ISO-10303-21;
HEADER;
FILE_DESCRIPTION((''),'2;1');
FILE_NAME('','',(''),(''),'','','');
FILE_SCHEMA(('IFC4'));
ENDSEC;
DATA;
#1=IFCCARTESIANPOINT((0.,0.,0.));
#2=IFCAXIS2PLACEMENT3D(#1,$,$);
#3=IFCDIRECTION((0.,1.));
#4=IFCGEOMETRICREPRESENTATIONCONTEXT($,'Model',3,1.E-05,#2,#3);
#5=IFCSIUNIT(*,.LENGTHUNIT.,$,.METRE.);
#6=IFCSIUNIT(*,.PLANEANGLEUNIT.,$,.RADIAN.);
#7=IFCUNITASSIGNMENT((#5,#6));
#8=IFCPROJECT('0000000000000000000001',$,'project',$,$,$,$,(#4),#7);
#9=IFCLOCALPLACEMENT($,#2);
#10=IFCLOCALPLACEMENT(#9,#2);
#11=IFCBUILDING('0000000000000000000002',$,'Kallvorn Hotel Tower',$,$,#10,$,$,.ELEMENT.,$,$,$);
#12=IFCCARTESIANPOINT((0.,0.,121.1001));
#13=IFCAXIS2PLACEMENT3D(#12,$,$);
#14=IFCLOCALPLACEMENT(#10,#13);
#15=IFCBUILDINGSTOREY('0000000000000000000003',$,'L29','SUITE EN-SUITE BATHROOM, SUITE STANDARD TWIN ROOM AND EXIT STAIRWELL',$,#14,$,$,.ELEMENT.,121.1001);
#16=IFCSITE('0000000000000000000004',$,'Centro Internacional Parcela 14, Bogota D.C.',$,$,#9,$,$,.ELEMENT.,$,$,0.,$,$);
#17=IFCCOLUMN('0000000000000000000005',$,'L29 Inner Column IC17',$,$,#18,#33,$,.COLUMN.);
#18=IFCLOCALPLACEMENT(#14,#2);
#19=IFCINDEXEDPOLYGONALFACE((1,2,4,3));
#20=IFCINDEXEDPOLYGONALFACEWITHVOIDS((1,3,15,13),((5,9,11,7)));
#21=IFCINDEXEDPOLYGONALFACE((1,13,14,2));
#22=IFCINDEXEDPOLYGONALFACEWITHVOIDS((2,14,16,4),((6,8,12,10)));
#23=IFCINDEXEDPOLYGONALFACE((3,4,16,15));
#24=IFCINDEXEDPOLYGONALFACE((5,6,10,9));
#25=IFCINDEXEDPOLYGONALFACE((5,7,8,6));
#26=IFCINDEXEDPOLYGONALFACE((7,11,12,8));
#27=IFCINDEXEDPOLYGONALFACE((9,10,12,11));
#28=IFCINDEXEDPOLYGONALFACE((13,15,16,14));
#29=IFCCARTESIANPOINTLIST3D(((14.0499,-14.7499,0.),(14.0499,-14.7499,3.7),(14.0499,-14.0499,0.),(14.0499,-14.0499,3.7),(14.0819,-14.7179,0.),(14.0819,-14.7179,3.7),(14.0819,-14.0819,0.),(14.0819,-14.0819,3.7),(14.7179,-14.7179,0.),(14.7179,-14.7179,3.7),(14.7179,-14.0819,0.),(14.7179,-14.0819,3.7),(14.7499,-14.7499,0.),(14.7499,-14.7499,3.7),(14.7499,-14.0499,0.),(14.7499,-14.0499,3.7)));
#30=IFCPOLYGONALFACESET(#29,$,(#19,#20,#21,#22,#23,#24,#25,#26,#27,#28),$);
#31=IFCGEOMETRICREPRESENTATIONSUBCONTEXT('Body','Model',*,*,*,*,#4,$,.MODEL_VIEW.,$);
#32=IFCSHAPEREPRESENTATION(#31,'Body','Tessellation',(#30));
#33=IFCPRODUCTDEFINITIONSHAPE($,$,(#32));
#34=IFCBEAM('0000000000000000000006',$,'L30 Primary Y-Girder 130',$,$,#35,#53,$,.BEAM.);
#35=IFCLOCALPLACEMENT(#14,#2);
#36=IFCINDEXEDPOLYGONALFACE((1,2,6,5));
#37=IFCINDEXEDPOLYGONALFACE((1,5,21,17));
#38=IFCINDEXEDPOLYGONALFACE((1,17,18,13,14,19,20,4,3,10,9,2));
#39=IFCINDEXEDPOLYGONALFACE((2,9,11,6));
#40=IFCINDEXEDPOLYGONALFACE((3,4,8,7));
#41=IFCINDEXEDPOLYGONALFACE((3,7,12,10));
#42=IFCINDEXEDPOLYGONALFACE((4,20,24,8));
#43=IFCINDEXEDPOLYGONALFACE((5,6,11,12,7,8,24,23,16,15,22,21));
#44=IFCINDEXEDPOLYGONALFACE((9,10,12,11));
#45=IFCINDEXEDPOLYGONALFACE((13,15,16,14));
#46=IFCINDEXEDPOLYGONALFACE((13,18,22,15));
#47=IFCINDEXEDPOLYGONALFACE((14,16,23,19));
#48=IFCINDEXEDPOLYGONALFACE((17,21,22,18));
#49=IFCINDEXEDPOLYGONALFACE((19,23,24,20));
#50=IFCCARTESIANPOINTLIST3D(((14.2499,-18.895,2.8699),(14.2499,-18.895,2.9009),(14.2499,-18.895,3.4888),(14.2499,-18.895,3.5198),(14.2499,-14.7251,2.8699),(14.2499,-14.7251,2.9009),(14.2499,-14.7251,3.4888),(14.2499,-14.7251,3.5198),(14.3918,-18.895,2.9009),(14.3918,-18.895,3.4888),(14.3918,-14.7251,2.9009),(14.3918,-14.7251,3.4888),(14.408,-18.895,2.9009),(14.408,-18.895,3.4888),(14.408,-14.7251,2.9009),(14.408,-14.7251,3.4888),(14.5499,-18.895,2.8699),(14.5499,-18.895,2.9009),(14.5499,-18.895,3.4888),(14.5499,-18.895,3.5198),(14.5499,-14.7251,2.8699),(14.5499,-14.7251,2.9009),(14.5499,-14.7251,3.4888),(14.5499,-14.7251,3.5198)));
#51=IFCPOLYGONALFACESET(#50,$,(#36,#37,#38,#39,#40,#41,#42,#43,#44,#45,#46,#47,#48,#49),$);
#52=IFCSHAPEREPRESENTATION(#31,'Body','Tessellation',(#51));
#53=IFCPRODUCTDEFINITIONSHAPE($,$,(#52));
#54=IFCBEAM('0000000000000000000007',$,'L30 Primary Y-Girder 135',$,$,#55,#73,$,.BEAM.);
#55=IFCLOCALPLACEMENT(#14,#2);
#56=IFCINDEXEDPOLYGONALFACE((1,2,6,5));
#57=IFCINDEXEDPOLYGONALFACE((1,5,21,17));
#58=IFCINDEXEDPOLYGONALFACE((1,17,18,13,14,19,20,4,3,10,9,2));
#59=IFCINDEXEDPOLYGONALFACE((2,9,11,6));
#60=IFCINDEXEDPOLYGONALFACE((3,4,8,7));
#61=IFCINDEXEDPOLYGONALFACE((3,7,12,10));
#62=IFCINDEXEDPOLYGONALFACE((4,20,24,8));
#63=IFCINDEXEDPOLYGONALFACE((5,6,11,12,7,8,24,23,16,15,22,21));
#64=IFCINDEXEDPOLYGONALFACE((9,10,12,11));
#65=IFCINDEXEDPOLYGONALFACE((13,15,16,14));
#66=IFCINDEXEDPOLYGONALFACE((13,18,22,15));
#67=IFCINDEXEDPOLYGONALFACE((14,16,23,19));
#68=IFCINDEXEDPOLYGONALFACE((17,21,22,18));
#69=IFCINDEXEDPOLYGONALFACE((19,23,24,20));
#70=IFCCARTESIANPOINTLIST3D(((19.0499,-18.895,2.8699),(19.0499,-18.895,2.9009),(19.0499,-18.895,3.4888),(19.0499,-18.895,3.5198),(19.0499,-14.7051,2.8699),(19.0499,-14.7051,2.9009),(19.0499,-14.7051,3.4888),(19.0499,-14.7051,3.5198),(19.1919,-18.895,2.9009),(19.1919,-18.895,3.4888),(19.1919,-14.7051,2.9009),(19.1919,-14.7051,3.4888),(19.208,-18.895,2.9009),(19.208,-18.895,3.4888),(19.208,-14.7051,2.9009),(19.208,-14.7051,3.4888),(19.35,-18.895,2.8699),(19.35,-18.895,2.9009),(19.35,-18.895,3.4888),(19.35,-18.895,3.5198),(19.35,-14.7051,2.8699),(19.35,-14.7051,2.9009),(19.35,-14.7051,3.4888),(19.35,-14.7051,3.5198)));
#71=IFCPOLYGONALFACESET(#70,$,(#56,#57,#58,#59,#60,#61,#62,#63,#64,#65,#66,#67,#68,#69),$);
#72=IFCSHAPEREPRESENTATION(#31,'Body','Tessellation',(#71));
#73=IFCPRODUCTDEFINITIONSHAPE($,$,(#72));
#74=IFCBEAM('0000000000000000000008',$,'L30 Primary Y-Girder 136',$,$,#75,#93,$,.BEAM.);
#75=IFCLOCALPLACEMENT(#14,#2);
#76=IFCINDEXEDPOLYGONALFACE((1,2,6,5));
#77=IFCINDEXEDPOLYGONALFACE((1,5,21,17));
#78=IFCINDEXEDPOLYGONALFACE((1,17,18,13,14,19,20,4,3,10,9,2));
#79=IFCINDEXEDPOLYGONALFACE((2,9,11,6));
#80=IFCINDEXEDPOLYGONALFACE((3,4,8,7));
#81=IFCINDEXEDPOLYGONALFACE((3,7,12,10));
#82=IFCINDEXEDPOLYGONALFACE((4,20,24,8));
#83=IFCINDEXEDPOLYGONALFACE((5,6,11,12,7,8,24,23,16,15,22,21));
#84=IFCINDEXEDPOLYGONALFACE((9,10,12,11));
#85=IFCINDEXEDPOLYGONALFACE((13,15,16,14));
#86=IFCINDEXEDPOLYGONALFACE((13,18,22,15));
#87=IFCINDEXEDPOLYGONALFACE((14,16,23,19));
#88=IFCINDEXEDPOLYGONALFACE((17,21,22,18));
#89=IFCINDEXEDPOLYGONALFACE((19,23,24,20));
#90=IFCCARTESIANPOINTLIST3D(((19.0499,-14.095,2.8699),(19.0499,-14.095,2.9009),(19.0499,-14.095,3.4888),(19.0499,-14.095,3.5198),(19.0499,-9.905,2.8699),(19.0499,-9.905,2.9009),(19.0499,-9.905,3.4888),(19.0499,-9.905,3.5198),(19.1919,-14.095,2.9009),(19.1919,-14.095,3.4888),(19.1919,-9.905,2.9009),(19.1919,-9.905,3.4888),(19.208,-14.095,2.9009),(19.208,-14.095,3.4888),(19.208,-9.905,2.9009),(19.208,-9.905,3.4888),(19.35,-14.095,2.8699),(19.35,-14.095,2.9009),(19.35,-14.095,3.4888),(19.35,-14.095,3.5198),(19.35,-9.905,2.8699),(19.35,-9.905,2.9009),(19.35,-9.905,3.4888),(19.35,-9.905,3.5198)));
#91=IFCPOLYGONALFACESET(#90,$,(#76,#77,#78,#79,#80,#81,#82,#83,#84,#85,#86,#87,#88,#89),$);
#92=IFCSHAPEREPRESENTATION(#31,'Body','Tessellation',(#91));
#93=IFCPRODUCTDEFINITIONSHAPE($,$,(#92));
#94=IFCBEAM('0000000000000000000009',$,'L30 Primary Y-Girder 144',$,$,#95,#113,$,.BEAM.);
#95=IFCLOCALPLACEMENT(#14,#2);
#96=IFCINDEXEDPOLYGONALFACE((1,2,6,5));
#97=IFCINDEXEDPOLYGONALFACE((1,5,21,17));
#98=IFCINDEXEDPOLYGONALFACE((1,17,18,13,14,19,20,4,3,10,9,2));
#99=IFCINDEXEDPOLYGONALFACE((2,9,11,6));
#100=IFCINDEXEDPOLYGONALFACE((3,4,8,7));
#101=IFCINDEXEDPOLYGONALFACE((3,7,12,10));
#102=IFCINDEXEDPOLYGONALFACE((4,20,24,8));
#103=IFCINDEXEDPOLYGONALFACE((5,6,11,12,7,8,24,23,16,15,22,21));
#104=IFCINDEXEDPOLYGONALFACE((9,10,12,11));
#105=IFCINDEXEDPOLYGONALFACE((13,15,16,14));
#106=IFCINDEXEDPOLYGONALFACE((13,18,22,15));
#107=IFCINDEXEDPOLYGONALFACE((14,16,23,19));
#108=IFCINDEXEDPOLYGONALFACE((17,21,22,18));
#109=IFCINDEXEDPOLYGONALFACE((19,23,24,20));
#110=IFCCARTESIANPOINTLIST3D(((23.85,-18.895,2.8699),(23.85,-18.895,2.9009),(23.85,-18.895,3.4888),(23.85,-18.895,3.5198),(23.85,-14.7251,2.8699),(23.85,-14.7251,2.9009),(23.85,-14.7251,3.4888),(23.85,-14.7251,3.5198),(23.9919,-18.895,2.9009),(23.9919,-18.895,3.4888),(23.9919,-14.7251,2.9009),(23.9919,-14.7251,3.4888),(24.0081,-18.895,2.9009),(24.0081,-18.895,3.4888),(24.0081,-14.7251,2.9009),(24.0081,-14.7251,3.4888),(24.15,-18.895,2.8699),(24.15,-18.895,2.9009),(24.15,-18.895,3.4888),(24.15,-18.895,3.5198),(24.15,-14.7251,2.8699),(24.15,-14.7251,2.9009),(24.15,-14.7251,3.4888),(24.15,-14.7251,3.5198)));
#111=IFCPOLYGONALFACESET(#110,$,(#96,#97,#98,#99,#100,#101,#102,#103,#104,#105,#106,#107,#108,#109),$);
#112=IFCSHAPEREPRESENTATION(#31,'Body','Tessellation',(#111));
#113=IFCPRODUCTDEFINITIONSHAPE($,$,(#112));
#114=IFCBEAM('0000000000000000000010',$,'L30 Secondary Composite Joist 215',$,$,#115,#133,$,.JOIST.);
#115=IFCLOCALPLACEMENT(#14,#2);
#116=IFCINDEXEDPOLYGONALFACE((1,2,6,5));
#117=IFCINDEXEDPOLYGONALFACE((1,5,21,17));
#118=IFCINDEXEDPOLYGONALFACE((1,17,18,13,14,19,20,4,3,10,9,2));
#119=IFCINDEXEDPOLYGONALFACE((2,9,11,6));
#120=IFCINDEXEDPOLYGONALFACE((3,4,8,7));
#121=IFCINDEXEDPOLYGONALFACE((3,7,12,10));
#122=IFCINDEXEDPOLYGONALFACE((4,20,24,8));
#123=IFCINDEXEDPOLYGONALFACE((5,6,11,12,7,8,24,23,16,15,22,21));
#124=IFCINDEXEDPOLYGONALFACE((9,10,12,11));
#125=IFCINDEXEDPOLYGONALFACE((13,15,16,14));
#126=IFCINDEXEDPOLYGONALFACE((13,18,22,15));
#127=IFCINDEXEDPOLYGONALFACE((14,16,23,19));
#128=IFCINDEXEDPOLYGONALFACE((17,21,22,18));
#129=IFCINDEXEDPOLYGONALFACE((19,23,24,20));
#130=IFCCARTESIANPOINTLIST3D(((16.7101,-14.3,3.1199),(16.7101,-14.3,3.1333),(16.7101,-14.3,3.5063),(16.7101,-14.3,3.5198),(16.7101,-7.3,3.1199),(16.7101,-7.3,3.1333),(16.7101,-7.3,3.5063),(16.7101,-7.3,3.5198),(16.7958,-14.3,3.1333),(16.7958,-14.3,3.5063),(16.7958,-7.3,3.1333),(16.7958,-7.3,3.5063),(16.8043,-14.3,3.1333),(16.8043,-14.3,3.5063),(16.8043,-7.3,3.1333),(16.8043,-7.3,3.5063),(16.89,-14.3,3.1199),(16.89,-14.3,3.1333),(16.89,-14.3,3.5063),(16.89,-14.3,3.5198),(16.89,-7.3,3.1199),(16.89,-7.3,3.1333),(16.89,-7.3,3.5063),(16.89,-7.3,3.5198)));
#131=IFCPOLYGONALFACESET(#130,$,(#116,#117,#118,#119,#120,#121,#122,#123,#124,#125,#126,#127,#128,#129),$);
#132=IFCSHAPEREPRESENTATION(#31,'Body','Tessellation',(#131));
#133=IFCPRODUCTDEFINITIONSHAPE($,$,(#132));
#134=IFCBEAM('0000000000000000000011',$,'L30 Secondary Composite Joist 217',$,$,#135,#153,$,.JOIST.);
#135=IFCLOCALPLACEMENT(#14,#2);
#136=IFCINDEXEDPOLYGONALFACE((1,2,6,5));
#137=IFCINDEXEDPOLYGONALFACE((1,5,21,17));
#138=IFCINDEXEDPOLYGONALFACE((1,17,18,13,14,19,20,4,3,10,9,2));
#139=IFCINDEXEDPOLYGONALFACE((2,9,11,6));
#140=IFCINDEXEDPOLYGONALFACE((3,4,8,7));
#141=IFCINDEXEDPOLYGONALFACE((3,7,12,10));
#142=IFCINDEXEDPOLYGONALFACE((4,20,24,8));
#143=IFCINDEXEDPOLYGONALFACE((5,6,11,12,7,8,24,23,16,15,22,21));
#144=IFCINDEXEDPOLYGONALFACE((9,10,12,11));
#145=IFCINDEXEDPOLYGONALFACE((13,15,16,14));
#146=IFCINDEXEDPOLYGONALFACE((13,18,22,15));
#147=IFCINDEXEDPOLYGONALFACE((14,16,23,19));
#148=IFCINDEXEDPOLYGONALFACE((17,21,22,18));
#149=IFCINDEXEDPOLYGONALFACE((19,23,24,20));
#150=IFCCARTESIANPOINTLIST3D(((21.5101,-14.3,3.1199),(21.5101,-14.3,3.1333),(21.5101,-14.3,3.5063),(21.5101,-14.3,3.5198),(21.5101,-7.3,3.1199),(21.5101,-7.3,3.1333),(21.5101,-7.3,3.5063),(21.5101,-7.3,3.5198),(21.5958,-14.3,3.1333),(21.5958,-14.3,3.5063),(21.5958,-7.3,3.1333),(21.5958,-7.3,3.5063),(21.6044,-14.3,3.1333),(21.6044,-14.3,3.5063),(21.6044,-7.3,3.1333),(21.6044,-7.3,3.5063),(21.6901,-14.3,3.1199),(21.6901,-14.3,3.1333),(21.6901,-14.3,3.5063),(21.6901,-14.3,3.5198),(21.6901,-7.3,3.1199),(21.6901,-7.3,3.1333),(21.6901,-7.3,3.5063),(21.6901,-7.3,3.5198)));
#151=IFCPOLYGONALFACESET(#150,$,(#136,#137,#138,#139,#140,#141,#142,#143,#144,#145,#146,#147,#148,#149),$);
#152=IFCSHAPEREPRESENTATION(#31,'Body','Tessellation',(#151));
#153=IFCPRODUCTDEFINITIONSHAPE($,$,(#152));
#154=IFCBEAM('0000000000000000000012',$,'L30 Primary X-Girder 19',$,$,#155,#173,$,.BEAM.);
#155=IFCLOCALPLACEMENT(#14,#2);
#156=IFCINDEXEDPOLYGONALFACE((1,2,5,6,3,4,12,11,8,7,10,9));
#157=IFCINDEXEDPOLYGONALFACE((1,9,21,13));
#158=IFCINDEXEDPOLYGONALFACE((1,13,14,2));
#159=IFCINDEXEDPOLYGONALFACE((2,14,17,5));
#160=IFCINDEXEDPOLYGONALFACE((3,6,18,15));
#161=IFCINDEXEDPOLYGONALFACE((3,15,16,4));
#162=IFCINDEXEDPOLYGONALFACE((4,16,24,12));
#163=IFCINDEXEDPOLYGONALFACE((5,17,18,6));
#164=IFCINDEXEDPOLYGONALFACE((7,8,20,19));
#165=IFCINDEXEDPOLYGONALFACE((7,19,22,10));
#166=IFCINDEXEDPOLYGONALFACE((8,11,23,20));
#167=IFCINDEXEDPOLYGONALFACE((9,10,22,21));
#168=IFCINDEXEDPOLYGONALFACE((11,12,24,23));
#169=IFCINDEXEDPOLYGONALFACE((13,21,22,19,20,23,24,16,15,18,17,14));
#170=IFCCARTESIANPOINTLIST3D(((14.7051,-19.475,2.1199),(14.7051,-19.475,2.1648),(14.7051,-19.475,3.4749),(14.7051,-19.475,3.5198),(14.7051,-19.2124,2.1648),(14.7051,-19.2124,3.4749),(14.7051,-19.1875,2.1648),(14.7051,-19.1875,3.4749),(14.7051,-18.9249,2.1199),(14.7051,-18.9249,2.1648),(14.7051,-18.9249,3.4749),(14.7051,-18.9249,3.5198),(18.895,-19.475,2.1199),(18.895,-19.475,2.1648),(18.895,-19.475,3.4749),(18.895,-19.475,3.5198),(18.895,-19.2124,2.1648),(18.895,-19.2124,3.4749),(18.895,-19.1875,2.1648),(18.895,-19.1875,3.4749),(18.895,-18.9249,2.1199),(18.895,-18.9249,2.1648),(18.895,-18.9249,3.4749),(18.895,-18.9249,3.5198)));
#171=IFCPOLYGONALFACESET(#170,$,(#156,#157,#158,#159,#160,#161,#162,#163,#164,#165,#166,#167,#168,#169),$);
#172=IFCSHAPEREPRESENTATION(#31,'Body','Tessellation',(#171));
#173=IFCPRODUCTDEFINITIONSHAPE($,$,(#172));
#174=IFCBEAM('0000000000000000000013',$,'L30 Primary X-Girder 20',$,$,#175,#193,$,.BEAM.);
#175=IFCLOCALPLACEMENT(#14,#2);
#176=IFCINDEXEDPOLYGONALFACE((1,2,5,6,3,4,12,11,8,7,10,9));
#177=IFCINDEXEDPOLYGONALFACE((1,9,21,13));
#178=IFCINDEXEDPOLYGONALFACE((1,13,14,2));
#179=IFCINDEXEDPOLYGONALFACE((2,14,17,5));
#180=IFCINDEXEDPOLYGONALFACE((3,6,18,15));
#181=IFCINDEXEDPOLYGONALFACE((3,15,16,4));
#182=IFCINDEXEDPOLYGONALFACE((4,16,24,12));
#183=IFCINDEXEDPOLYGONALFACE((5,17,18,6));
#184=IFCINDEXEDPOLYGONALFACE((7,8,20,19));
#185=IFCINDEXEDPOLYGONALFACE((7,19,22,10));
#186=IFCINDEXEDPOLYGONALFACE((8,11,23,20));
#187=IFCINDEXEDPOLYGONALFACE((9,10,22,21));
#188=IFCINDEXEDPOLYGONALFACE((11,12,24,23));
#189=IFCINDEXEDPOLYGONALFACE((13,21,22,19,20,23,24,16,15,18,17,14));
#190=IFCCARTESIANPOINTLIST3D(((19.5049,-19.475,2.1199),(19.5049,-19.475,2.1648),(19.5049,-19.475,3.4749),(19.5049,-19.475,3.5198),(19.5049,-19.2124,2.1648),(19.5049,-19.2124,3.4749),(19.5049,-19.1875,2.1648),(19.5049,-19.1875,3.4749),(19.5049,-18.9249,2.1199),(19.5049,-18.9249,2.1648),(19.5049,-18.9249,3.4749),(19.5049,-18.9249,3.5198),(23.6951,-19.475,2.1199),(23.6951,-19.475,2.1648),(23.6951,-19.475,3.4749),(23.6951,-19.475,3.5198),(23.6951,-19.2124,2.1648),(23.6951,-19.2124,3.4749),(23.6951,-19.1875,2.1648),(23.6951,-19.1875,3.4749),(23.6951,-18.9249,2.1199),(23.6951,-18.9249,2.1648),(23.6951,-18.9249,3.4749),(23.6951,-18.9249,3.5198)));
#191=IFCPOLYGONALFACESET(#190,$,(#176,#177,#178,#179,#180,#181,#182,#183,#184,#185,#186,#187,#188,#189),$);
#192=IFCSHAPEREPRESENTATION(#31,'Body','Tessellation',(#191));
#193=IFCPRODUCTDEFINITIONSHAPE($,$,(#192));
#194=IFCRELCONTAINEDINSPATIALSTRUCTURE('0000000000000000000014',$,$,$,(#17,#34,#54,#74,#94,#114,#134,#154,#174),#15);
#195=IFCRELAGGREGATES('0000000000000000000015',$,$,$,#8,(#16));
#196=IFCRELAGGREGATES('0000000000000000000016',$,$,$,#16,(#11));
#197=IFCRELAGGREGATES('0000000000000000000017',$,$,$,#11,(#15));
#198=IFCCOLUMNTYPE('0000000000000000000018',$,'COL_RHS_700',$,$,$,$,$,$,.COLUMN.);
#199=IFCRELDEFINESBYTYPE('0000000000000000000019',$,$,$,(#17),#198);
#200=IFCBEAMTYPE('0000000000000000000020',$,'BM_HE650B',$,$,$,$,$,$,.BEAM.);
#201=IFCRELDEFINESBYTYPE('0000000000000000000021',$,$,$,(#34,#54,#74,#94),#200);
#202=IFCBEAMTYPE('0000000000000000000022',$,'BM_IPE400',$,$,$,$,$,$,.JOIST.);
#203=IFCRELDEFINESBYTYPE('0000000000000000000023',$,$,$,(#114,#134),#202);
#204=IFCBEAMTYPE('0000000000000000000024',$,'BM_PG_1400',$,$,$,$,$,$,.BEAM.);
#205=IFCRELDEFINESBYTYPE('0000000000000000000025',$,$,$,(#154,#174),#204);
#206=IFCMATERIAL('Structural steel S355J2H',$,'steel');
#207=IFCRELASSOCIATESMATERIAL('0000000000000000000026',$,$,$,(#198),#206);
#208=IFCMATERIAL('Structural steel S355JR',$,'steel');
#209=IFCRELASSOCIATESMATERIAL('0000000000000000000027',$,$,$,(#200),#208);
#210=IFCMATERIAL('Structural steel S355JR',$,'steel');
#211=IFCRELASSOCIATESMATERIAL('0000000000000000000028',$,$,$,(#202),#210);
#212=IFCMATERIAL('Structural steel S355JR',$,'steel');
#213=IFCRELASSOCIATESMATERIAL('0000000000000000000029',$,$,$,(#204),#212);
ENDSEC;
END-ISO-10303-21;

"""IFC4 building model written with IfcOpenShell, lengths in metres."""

from ifc_helpers import new_model, si_unit, direction, frame, origin, origin_2d, place, context, subcontext, project, spatial, hollow_rectangle, i_section, extrude, material, material_profile, profile_set, type_object, element, save


model = new_model("IFC4")

# Units and contexts
model_context = context("Model", 3, precision=1e-05, world=origin(), true_north=direction((0.0, 1.0)))
body_context = subcontext(model_context, "Body", "Model", "MODEL_VIEW")
ifc_project = project(units=[si_unit("LENGTHUNIT", "METRE"), si_unit("PLANEANGLEUNIT", "RADIAN")], contexts=[model_context])

# Site, building, storey
site_placement = place(None, origin())
site = spatial("IfcSite", under=ifc_project, at=site_placement, Name="Centro Internacional Parcela 14, Bogota D.C.", CompositionType="ELEMENT", RefElevation=0.0)
building_placement = place(site_placement, origin())
building = spatial("IfcBuilding", under=site, at=building_placement, Name="Kallvorn Hotel Tower", CompositionType="ELEMENT")
storey_placement = place(building_placement, frame((0.0, 0.0, 121.1001)))
storey = spatial("IfcBuildingStorey", under=building, at=storey_placement, Name="L29", Description="SUITE EN-SUITE BATHROOM, SUITE STANDARD TWIN ROOM AND EXIT STAIRWELL", CompositionType="ELEMENT", Elevation=121.1001)

# Column
ifc_material_1 = material(Name="Structural steel S355J2H", Category="steel")
ifc_material_profile_1 = material_profile(ifc_material_1, hollow_rectangle(XDim=0.7, YDim=0.7, WallThickness=0.032, at=origin_2d()), Name="RHS 700x700x32")
ifc_profile_set_1 = profile_set([ifc_material_profile_1], Name="Structural steel S355J2H")
column_type_1 = type_object("IfcColumnType", Name="COL_RHS_700", PredefinedType="COLUMN", material=ifc_profile_set_1)
column_placement = place(storey_placement, frame((14.3999, -14.3999, 0.0), z_axis=(0.0, 0.0, 1.0), x_axis=(1.0, 0.0, 0.0)))
element("IfcColumn", 1, at=column_placement, inside=storey, type_object=column_type_1, Name="L29 Inner Column IC17", PredefinedType="COLUMN", context=body_context, shape_type="SweptSolid", body=[
    extrude(hollow_rectangle(XDim=0.7, YDim=0.7, WallThickness=0.032, at=origin_2d()), origin(), (0.0, 0.0, 1.0), 3.7),
])

# Beams
ifc_material_2 = material(Name="Structural steel S355JR", Category="steel")
ifc_material_profile_2 = material_profile(ifc_material_2, i_section(OverallWidth=0.3, OverallDepth=0.6499, WebThickness=0.0161, FlangeThickness=0.031, at=origin_2d()), Name="HE 650 B")
ifc_profile_set_2 = profile_set([ifc_material_profile_2], Name="Structural steel S355JR")
beam_type_1 = type_object("IfcBeamType", Name="BM_HE650B", PredefinedType="BEAM", material=ifc_profile_set_2)
beam_1_placement = place(storey_placement, frame((14.3999, -18.895, 3.1948), z_axis=(0.0, 1.0, 0.0), x_axis=(-1.0, 0.0, 0.0)))
element("IfcBeam", 2, at=beam_1_placement, inside=storey, type_object=beam_type_1, Name="L30 Primary Y-Girder 130", PredefinedType="BEAM", context=body_context, shape_type="SweptSolid", body=[
    extrude(i_section(OverallWidth=0.3, OverallDepth=0.6499, WebThickness=0.0161, FlangeThickness=0.031, at=origin_2d()), origin(), (0.0, 0.0, 1.0), 4.1699),
])
for number, where, z_axis, x_axis, name in (
    (3, (19.2, -18.895, 3.1948), (0.0, 1.0, 0.0), (-1.0, 0.0, 0.0), "L30 Primary Y-Girder 135"),
    (4, (19.2, -14.095, 3.1948), (0.0, 1.0, 0.0), (-1.0, 0.0, 0.0), "L30 Primary Y-Girder 136"),
):
    element("IfcBeam", number, at=place(storey_placement, frame(where, z_axis=z_axis, x_axis=x_axis)), inside=storey, type_object=beam_type_1, Name=name, PredefinedType="BEAM", context=body_context, shape_type="SweptSolid", body=[
        extrude(i_section(OverallWidth=0.3, OverallDepth=0.6499, WebThickness=0.0161, FlangeThickness=0.031, at=origin_2d()), origin(), (0.0, 0.0, 1.0), 4.1899),
    ])
beam_2_placement = place(storey_placement, frame((24.0, -18.895, 3.1948), z_axis=(0.0, 1.0, 0.0), x_axis=(-1.0, 0.0, 0.0)))
element("IfcBeam", 5, at=beam_2_placement, inside=storey, type_object=beam_type_1, Name="L30 Primary Y-Girder 144", PredefinedType="BEAM", context=body_context, shape_type="SweptSolid", body=[
    extrude(i_section(OverallWidth=0.3, OverallDepth=0.6499, WebThickness=0.0161, FlangeThickness=0.031, at=origin_2d()), origin(), (0.0, 0.0, 1.0), 4.1699),
])
ifc_material_3 = material(Name="Structural steel S355JR", Category="steel")
ifc_material_profile_3 = material_profile(ifc_material_3, i_section(OverallWidth=0.1799, OverallDepth=0.3999, WebThickness=0.0085, FlangeThickness=0.0134, at=origin_2d()), Name="IPE 400")
ifc_profile_set_3 = profile_set([ifc_material_profile_3], Name="Structural steel S355JR")
beam_type_2 = type_object("IfcBeamType", Name="BM_IPE400", PredefinedType="JOIST", material=ifc_profile_set_3)
for number, where, z_axis, x_axis, name in (
    (6, (16.8, -14.3, 3.3198), (0.0, 1.0, 0.0), (-1.0, 0.0, 0.0), "L30 Secondary Composite Joist 215"),
    (7, (21.6001, -14.3, 3.3198), (0.0, 1.0, 0.0), (-1.0, 0.0, 0.0), "L30 Secondary Composite Joist 217"),
):
    element("IfcBeam", number, at=place(storey_placement, frame(where, z_axis=z_axis, x_axis=x_axis)), inside=storey, type_object=beam_type_2, Name=name, PredefinedType="JOIST", context=body_context, shape_type="SweptSolid", body=[
        extrude(i_section(OverallWidth=0.1799, OverallDepth=0.3999, WebThickness=0.0085, FlangeThickness=0.0134, at=origin_2d()), origin(), (0.0, 0.0, 1.0), 7.0),
    ])
ifc_material_4 = material(Name="Structural steel S355JR", Category="steel")
ifc_material_profile_4 = material_profile(ifc_material_4, i_section(OverallWidth=0.55, OverallDepth=1.3999, WebThickness=0.0249, FlangeThickness=0.0449, at=origin_2d()), Name="PG 1400x550x25x45")
ifc_profile_set_4 = profile_set([ifc_material_profile_4], Name="Structural steel S355JR")
beam_type_3 = type_object("IfcBeamType", Name="BM_PG_1400", PredefinedType="BEAM", material=ifc_profile_set_4)
beam_3_placement = place(storey_placement, frame((14.7051, -19.2, 2.8198), z_axis=(1.0, 0.0, 0.0), x_axis=(0.0, 1.0, 0.0)))
element("IfcBeam", 8, at=beam_3_placement, inside=storey, type_object=beam_type_3, Name="L30 Primary X-Girder 19", PredefinedType="BEAM", context=body_context, shape_type="SweptSolid", body=[
    extrude(i_section(OverallWidth=0.55, OverallDepth=1.3999, WebThickness=0.0249, FlangeThickness=0.0449, at=origin_2d()), origin(), (0.0, 0.0, 1.0), 4.1899),
])
beam_4_placement = place(storey_placement, frame((19.5049, -19.2, 2.8198), z_axis=(1.0, 0.0, 0.0), x_axis=(0.0, 1.0, 0.0)))
element("IfcBeam", 9, at=beam_4_placement, inside=storey, type_object=beam_type_3, Name="L30 Primary X-Girder 20", PredefinedType="BEAM", context=body_context, shape_type="SweptSolid", body=[
    extrude(i_section(OverallWidth=0.55, OverallDepth=1.3999, WebThickness=0.0249, FlangeThickness=0.0449, at=origin_2d()), origin(), (0.0, 0.0, 1.0), 4.1902),
])

save(model, "model.ifc")
